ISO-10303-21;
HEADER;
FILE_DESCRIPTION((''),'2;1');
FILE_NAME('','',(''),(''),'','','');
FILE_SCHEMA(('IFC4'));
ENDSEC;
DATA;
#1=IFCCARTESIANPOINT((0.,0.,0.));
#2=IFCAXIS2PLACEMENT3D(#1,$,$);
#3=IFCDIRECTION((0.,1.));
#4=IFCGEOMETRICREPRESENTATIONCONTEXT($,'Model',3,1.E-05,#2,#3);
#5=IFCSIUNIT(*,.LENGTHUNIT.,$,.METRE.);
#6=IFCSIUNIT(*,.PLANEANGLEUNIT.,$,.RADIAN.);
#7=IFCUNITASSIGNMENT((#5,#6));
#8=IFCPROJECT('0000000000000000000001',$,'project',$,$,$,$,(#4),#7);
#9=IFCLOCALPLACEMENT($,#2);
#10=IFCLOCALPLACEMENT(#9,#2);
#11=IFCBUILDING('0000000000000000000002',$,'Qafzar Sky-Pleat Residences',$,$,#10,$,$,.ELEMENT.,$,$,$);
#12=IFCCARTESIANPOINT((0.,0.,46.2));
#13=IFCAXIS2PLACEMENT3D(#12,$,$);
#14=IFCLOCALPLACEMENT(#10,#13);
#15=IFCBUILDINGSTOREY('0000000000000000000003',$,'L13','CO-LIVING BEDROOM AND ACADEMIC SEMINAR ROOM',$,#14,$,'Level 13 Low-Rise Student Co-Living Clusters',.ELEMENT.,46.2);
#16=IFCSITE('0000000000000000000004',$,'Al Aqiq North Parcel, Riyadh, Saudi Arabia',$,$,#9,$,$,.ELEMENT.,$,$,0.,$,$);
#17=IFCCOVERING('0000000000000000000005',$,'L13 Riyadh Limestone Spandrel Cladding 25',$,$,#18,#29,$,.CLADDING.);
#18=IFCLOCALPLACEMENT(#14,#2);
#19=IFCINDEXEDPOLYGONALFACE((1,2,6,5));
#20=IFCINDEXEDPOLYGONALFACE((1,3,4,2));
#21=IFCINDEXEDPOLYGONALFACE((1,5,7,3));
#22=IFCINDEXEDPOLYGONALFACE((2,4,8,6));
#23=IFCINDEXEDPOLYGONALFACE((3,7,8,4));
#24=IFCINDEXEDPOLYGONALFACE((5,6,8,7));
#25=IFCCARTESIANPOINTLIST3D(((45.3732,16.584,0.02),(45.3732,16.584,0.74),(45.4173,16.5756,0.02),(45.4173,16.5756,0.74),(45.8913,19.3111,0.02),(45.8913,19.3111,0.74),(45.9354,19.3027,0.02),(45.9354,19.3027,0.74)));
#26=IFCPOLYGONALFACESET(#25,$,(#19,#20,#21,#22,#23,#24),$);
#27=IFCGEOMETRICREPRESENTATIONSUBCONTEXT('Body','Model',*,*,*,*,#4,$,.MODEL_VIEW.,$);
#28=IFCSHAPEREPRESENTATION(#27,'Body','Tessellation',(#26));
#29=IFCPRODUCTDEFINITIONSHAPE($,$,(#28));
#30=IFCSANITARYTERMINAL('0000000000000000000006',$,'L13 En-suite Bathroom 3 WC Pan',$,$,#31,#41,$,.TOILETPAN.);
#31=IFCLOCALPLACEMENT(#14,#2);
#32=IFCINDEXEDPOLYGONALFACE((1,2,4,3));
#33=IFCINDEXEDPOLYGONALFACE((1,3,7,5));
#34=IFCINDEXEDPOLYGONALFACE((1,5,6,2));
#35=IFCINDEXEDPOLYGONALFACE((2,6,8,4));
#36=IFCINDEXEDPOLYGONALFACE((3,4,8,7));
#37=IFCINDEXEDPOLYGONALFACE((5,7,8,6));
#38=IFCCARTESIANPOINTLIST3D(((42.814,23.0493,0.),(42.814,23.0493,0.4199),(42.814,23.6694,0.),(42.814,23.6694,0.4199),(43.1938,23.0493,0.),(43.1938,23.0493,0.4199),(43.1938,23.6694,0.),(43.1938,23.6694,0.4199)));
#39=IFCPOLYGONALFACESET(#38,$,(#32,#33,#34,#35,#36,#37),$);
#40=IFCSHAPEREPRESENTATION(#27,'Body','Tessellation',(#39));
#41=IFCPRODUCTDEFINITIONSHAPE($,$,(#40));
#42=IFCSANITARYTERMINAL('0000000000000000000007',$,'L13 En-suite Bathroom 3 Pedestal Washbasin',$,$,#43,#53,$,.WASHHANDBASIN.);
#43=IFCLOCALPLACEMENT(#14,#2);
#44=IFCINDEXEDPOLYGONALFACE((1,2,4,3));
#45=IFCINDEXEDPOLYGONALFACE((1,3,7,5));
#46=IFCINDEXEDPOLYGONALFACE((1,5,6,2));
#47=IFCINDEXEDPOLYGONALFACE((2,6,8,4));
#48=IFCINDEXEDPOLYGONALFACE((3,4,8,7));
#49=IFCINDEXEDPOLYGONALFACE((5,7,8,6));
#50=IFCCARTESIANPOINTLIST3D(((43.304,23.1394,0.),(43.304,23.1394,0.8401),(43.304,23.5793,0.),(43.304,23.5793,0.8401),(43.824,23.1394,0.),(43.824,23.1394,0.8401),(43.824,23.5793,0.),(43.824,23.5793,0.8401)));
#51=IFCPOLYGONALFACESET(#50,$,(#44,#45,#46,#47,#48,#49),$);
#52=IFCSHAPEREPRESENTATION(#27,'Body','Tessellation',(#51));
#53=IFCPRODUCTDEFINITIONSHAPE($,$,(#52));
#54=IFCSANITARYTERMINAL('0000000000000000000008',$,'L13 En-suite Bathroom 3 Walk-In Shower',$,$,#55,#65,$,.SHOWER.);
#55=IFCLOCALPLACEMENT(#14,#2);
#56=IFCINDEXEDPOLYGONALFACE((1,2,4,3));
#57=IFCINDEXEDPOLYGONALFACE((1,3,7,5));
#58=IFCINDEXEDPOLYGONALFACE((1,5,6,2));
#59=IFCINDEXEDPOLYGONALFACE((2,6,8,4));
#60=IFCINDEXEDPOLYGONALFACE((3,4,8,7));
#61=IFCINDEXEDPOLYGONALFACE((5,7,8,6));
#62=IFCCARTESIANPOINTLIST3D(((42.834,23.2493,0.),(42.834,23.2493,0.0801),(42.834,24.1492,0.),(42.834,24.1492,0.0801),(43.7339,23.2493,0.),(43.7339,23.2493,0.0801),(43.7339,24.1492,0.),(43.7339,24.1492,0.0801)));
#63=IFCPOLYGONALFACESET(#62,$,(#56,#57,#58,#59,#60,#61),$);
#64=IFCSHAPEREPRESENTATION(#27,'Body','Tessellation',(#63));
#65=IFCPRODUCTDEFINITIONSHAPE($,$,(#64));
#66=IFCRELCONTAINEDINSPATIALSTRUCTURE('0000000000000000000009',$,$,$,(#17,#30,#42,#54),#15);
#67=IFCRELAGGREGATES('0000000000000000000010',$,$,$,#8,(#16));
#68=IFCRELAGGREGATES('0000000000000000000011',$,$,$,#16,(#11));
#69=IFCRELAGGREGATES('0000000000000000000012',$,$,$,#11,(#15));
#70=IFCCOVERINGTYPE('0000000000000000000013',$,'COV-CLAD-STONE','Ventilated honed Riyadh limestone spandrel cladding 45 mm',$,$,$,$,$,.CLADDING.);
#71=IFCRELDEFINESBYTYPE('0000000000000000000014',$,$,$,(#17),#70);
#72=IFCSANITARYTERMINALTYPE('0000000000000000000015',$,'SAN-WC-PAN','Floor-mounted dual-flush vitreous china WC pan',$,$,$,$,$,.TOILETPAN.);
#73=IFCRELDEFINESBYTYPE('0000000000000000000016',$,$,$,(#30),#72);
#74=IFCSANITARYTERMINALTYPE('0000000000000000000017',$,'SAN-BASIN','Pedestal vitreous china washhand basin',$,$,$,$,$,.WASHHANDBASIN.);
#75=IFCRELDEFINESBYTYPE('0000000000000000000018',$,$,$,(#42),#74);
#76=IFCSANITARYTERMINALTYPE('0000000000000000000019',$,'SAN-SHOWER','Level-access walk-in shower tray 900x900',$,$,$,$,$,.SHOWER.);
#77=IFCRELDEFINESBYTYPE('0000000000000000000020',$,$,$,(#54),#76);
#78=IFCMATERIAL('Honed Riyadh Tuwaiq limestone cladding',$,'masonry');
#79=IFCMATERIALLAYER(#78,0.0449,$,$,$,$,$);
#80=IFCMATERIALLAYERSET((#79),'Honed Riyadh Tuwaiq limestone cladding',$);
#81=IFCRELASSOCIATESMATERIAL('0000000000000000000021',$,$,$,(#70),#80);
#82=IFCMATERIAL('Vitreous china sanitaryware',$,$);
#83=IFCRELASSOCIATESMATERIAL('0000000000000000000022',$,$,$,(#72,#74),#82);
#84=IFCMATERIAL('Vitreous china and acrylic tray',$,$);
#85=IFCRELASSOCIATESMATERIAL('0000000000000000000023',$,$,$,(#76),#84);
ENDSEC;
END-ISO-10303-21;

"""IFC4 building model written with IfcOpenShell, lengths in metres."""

from ifc_helpers import new_model, si_unit, direction, frame, origin, origin_2d, place, context, subcontext, project, spatial, rectangle, extrude, source, transform, mapped, material, layer, layer_set, type_object, element, save


model = new_model("IFC4")

# Units and contexts
model_context = context("Model", 3, precision=1e-05, world=origin(), true_north=direction((0.0, 1.0)))
body_context = subcontext(model_context, "Body", "Model", "MODEL_VIEW")
ifc_project = project(units=[si_unit("LENGTHUNIT", "METRE"), si_unit("PLANEANGLEUNIT", "RADIAN")], contexts=[model_context])

# Site, building, storey
site_placement = place(None, origin())
site = spatial("IfcSite", under=ifc_project, at=site_placement, Name="Al Aqiq North Parcel, Riyadh, Saudi Arabia", CompositionType="ELEMENT", RefElevation=0.0)
building_placement = place(site_placement, origin())
building = spatial("IfcBuilding", under=site, at=building_placement, Name="Qafzar Sky-Pleat Residences", CompositionType="ELEMENT")
storey_placement = place(building_placement, frame((0.0, 0.0, 46.2)))
storey = spatial("IfcBuildingStorey", under=building, at=storey_placement, Name="L13", Description="CO-LIVING BEDROOM AND ACADEMIC SEMINAR ROOM", LongName="Level 13 Low-Rise Student Co-Living Clusters", CompositionType="ELEMENT", Elevation=46.2)

# Covering
ifc_material_1 = material(Name="Honed Riyadh Tuwaiq limestone cladding", Category="masonry")
ifc_layer_1 = layer(ifc_material_1, 0.0449)
ifc_layer_set_1 = layer_set([ifc_layer_1], Name="Honed Riyadh Tuwaiq limestone cladding")
covering_type = type_object("IfcCoveringType", Name="COV-CLAD-STONE", Description="Ventilated honed Riyadh limestone spandrel cladding 45 mm", PredefinedType="CLADDING", material=ifc_layer_set_1)
shared_shape_1 = source(origin(), body_context, "Body", "SweptSolid", [
    extrude(rectangle(XDim=2.7759, YDim=0.0449, at=origin_2d()), origin(), (0.0, 0.0, 1.0), 0.72),
])
covering_placement = place(storey_placement, frame((45.6543, 17.9434, 0.02), z_axis=(0.0, 0.0, 1.0), x_axis=(0.186661, 0.982424, 0.0)))
element("IfcCovering", 1, at=covering_placement, inside=storey, type_object=covering_type, Name="L13 Riyadh Limestone Spandrel Cladding 25", PredefinedType="CLADDING", context=body_context, shape_type="MappedRepresentation", body=[
    mapped(shared_shape_1, transform((0.0, 0.0, 0.0), x_axis=(1.0, 0.0, 0.0), y_axis=(0.0, 1.0, 0.0), z_axis=(0.0, 0.0, 1.0), scale=1.0)),
])

# Sanitary terminals
ifc_material_2 = material(Name="Vitreous china sanitaryware")
sanitary_terminal_type_1 = type_object("IfcSanitaryTerminalType", Name="SAN-WC-PAN", Description="Floor-mounted dual-flush vitreous china WC pan", PredefinedType="TOILETPAN", material=ifc_material_2)
shared_shape_2 = source(origin(), body_context, "Body", "SweptSolid", [
    extrude(rectangle(XDim=0.3799, YDim=0.6201, at=origin_2d()), origin(), (0.0, 0.0, 1.0), 0.4199),
])
sanitary_terminal_1_placement = place(storey_placement, frame((43.0039, 23.3594, 0.0), z_axis=(0.0, 0.0, 1.0), x_axis=(1.0, 0.0, 0.0)))
element("IfcSanitaryTerminal", 2, at=sanitary_terminal_1_placement, inside=storey, type_object=sanitary_terminal_type_1, Name="L13 En-suite Bathroom 3 WC Pan", PredefinedType="TOILETPAN", context=body_context, shape_type="MappedRepresentation", body=[
    mapped(shared_shape_2, transform((0.0, 0.0, 0.0), x_axis=(1.0, 0.0, 0.0), y_axis=(0.0, 1.0, 0.0), z_axis=(0.0, 0.0, 1.0), scale=1.0)),
])
sanitary_terminal_type_2 = type_object("IfcSanitaryTerminalType", Name="SAN-BASIN", Description="Pedestal vitreous china washhand basin", PredefinedType="WASHHANDBASIN", material=ifc_material_2)
shared_shape_3 = source(origin(), body_context, "Body", "SweptSolid", [
    extrude(rectangle(XDim=0.52, YDim=0.4399, at=origin_2d()), origin(), (0.0, 0.0, 1.0), 0.8401),
])
sanitary_terminal_2_placement = place(storey_placement, frame((43.564, 23.3594, 0.0), z_axis=(0.0, 0.0, 1.0), x_axis=(1.0, 0.0, 0.0)))
element("IfcSanitaryTerminal", 3, at=sanitary_terminal_2_placement, inside=storey, type_object=sanitary_terminal_type_2, Name="L13 En-suite Bathroom 3 Pedestal Washbasin", PredefinedType="WASHHANDBASIN", context=body_context, shape_type="MappedRepresentation", body=[
    mapped(shared_shape_3, transform((0.0, 0.0, 0.0), x_axis=(1.0, 0.0, 0.0), y_axis=(0.0, 1.0, 0.0), z_axis=(0.0, 0.0, 1.0), scale=1.0)),
])
ifc_material_3 = material(Name="Vitreous china and acrylic tray")
sanitary_terminal_type_3 = type_object("IfcSanitaryTerminalType", Name="SAN-SHOWER", Description="Level-access walk-in shower tray 900x900", PredefinedType="SHOWER", material=ifc_material_3)
shared_shape_4 = source(origin(), body_context, "Body", "SweptSolid", [
    extrude(rectangle(XDim=0.8999, YDim=0.8999, at=origin_2d()), origin(), (0.0, 0.0, 1.0), 0.0801),
])
sanitary_terminal_3_placement = place(storey_placement, frame((43.2839, 23.6992, 0.0), z_axis=(0.0, 0.0, 1.0), x_axis=(1.0, 0.0, 0.0)))
element("IfcSanitaryTerminal", 4, at=sanitary_terminal_3_placement, inside=storey, type_object=sanitary_terminal_type_3, Name="L13 En-suite Bathroom 3 Walk-In Shower", PredefinedType="SHOWER", context=body_context, shape_type="MappedRepresentation", body=[
    mapped(shared_shape_4, transform((0.0, 0.0, 0.0), x_axis=(1.0, 0.0, 0.0), y_axis=(0.0, 1.0, 0.0), z_axis=(0.0, 0.0, 1.0), scale=1.0)),
])

save(model, "model.ifc")
